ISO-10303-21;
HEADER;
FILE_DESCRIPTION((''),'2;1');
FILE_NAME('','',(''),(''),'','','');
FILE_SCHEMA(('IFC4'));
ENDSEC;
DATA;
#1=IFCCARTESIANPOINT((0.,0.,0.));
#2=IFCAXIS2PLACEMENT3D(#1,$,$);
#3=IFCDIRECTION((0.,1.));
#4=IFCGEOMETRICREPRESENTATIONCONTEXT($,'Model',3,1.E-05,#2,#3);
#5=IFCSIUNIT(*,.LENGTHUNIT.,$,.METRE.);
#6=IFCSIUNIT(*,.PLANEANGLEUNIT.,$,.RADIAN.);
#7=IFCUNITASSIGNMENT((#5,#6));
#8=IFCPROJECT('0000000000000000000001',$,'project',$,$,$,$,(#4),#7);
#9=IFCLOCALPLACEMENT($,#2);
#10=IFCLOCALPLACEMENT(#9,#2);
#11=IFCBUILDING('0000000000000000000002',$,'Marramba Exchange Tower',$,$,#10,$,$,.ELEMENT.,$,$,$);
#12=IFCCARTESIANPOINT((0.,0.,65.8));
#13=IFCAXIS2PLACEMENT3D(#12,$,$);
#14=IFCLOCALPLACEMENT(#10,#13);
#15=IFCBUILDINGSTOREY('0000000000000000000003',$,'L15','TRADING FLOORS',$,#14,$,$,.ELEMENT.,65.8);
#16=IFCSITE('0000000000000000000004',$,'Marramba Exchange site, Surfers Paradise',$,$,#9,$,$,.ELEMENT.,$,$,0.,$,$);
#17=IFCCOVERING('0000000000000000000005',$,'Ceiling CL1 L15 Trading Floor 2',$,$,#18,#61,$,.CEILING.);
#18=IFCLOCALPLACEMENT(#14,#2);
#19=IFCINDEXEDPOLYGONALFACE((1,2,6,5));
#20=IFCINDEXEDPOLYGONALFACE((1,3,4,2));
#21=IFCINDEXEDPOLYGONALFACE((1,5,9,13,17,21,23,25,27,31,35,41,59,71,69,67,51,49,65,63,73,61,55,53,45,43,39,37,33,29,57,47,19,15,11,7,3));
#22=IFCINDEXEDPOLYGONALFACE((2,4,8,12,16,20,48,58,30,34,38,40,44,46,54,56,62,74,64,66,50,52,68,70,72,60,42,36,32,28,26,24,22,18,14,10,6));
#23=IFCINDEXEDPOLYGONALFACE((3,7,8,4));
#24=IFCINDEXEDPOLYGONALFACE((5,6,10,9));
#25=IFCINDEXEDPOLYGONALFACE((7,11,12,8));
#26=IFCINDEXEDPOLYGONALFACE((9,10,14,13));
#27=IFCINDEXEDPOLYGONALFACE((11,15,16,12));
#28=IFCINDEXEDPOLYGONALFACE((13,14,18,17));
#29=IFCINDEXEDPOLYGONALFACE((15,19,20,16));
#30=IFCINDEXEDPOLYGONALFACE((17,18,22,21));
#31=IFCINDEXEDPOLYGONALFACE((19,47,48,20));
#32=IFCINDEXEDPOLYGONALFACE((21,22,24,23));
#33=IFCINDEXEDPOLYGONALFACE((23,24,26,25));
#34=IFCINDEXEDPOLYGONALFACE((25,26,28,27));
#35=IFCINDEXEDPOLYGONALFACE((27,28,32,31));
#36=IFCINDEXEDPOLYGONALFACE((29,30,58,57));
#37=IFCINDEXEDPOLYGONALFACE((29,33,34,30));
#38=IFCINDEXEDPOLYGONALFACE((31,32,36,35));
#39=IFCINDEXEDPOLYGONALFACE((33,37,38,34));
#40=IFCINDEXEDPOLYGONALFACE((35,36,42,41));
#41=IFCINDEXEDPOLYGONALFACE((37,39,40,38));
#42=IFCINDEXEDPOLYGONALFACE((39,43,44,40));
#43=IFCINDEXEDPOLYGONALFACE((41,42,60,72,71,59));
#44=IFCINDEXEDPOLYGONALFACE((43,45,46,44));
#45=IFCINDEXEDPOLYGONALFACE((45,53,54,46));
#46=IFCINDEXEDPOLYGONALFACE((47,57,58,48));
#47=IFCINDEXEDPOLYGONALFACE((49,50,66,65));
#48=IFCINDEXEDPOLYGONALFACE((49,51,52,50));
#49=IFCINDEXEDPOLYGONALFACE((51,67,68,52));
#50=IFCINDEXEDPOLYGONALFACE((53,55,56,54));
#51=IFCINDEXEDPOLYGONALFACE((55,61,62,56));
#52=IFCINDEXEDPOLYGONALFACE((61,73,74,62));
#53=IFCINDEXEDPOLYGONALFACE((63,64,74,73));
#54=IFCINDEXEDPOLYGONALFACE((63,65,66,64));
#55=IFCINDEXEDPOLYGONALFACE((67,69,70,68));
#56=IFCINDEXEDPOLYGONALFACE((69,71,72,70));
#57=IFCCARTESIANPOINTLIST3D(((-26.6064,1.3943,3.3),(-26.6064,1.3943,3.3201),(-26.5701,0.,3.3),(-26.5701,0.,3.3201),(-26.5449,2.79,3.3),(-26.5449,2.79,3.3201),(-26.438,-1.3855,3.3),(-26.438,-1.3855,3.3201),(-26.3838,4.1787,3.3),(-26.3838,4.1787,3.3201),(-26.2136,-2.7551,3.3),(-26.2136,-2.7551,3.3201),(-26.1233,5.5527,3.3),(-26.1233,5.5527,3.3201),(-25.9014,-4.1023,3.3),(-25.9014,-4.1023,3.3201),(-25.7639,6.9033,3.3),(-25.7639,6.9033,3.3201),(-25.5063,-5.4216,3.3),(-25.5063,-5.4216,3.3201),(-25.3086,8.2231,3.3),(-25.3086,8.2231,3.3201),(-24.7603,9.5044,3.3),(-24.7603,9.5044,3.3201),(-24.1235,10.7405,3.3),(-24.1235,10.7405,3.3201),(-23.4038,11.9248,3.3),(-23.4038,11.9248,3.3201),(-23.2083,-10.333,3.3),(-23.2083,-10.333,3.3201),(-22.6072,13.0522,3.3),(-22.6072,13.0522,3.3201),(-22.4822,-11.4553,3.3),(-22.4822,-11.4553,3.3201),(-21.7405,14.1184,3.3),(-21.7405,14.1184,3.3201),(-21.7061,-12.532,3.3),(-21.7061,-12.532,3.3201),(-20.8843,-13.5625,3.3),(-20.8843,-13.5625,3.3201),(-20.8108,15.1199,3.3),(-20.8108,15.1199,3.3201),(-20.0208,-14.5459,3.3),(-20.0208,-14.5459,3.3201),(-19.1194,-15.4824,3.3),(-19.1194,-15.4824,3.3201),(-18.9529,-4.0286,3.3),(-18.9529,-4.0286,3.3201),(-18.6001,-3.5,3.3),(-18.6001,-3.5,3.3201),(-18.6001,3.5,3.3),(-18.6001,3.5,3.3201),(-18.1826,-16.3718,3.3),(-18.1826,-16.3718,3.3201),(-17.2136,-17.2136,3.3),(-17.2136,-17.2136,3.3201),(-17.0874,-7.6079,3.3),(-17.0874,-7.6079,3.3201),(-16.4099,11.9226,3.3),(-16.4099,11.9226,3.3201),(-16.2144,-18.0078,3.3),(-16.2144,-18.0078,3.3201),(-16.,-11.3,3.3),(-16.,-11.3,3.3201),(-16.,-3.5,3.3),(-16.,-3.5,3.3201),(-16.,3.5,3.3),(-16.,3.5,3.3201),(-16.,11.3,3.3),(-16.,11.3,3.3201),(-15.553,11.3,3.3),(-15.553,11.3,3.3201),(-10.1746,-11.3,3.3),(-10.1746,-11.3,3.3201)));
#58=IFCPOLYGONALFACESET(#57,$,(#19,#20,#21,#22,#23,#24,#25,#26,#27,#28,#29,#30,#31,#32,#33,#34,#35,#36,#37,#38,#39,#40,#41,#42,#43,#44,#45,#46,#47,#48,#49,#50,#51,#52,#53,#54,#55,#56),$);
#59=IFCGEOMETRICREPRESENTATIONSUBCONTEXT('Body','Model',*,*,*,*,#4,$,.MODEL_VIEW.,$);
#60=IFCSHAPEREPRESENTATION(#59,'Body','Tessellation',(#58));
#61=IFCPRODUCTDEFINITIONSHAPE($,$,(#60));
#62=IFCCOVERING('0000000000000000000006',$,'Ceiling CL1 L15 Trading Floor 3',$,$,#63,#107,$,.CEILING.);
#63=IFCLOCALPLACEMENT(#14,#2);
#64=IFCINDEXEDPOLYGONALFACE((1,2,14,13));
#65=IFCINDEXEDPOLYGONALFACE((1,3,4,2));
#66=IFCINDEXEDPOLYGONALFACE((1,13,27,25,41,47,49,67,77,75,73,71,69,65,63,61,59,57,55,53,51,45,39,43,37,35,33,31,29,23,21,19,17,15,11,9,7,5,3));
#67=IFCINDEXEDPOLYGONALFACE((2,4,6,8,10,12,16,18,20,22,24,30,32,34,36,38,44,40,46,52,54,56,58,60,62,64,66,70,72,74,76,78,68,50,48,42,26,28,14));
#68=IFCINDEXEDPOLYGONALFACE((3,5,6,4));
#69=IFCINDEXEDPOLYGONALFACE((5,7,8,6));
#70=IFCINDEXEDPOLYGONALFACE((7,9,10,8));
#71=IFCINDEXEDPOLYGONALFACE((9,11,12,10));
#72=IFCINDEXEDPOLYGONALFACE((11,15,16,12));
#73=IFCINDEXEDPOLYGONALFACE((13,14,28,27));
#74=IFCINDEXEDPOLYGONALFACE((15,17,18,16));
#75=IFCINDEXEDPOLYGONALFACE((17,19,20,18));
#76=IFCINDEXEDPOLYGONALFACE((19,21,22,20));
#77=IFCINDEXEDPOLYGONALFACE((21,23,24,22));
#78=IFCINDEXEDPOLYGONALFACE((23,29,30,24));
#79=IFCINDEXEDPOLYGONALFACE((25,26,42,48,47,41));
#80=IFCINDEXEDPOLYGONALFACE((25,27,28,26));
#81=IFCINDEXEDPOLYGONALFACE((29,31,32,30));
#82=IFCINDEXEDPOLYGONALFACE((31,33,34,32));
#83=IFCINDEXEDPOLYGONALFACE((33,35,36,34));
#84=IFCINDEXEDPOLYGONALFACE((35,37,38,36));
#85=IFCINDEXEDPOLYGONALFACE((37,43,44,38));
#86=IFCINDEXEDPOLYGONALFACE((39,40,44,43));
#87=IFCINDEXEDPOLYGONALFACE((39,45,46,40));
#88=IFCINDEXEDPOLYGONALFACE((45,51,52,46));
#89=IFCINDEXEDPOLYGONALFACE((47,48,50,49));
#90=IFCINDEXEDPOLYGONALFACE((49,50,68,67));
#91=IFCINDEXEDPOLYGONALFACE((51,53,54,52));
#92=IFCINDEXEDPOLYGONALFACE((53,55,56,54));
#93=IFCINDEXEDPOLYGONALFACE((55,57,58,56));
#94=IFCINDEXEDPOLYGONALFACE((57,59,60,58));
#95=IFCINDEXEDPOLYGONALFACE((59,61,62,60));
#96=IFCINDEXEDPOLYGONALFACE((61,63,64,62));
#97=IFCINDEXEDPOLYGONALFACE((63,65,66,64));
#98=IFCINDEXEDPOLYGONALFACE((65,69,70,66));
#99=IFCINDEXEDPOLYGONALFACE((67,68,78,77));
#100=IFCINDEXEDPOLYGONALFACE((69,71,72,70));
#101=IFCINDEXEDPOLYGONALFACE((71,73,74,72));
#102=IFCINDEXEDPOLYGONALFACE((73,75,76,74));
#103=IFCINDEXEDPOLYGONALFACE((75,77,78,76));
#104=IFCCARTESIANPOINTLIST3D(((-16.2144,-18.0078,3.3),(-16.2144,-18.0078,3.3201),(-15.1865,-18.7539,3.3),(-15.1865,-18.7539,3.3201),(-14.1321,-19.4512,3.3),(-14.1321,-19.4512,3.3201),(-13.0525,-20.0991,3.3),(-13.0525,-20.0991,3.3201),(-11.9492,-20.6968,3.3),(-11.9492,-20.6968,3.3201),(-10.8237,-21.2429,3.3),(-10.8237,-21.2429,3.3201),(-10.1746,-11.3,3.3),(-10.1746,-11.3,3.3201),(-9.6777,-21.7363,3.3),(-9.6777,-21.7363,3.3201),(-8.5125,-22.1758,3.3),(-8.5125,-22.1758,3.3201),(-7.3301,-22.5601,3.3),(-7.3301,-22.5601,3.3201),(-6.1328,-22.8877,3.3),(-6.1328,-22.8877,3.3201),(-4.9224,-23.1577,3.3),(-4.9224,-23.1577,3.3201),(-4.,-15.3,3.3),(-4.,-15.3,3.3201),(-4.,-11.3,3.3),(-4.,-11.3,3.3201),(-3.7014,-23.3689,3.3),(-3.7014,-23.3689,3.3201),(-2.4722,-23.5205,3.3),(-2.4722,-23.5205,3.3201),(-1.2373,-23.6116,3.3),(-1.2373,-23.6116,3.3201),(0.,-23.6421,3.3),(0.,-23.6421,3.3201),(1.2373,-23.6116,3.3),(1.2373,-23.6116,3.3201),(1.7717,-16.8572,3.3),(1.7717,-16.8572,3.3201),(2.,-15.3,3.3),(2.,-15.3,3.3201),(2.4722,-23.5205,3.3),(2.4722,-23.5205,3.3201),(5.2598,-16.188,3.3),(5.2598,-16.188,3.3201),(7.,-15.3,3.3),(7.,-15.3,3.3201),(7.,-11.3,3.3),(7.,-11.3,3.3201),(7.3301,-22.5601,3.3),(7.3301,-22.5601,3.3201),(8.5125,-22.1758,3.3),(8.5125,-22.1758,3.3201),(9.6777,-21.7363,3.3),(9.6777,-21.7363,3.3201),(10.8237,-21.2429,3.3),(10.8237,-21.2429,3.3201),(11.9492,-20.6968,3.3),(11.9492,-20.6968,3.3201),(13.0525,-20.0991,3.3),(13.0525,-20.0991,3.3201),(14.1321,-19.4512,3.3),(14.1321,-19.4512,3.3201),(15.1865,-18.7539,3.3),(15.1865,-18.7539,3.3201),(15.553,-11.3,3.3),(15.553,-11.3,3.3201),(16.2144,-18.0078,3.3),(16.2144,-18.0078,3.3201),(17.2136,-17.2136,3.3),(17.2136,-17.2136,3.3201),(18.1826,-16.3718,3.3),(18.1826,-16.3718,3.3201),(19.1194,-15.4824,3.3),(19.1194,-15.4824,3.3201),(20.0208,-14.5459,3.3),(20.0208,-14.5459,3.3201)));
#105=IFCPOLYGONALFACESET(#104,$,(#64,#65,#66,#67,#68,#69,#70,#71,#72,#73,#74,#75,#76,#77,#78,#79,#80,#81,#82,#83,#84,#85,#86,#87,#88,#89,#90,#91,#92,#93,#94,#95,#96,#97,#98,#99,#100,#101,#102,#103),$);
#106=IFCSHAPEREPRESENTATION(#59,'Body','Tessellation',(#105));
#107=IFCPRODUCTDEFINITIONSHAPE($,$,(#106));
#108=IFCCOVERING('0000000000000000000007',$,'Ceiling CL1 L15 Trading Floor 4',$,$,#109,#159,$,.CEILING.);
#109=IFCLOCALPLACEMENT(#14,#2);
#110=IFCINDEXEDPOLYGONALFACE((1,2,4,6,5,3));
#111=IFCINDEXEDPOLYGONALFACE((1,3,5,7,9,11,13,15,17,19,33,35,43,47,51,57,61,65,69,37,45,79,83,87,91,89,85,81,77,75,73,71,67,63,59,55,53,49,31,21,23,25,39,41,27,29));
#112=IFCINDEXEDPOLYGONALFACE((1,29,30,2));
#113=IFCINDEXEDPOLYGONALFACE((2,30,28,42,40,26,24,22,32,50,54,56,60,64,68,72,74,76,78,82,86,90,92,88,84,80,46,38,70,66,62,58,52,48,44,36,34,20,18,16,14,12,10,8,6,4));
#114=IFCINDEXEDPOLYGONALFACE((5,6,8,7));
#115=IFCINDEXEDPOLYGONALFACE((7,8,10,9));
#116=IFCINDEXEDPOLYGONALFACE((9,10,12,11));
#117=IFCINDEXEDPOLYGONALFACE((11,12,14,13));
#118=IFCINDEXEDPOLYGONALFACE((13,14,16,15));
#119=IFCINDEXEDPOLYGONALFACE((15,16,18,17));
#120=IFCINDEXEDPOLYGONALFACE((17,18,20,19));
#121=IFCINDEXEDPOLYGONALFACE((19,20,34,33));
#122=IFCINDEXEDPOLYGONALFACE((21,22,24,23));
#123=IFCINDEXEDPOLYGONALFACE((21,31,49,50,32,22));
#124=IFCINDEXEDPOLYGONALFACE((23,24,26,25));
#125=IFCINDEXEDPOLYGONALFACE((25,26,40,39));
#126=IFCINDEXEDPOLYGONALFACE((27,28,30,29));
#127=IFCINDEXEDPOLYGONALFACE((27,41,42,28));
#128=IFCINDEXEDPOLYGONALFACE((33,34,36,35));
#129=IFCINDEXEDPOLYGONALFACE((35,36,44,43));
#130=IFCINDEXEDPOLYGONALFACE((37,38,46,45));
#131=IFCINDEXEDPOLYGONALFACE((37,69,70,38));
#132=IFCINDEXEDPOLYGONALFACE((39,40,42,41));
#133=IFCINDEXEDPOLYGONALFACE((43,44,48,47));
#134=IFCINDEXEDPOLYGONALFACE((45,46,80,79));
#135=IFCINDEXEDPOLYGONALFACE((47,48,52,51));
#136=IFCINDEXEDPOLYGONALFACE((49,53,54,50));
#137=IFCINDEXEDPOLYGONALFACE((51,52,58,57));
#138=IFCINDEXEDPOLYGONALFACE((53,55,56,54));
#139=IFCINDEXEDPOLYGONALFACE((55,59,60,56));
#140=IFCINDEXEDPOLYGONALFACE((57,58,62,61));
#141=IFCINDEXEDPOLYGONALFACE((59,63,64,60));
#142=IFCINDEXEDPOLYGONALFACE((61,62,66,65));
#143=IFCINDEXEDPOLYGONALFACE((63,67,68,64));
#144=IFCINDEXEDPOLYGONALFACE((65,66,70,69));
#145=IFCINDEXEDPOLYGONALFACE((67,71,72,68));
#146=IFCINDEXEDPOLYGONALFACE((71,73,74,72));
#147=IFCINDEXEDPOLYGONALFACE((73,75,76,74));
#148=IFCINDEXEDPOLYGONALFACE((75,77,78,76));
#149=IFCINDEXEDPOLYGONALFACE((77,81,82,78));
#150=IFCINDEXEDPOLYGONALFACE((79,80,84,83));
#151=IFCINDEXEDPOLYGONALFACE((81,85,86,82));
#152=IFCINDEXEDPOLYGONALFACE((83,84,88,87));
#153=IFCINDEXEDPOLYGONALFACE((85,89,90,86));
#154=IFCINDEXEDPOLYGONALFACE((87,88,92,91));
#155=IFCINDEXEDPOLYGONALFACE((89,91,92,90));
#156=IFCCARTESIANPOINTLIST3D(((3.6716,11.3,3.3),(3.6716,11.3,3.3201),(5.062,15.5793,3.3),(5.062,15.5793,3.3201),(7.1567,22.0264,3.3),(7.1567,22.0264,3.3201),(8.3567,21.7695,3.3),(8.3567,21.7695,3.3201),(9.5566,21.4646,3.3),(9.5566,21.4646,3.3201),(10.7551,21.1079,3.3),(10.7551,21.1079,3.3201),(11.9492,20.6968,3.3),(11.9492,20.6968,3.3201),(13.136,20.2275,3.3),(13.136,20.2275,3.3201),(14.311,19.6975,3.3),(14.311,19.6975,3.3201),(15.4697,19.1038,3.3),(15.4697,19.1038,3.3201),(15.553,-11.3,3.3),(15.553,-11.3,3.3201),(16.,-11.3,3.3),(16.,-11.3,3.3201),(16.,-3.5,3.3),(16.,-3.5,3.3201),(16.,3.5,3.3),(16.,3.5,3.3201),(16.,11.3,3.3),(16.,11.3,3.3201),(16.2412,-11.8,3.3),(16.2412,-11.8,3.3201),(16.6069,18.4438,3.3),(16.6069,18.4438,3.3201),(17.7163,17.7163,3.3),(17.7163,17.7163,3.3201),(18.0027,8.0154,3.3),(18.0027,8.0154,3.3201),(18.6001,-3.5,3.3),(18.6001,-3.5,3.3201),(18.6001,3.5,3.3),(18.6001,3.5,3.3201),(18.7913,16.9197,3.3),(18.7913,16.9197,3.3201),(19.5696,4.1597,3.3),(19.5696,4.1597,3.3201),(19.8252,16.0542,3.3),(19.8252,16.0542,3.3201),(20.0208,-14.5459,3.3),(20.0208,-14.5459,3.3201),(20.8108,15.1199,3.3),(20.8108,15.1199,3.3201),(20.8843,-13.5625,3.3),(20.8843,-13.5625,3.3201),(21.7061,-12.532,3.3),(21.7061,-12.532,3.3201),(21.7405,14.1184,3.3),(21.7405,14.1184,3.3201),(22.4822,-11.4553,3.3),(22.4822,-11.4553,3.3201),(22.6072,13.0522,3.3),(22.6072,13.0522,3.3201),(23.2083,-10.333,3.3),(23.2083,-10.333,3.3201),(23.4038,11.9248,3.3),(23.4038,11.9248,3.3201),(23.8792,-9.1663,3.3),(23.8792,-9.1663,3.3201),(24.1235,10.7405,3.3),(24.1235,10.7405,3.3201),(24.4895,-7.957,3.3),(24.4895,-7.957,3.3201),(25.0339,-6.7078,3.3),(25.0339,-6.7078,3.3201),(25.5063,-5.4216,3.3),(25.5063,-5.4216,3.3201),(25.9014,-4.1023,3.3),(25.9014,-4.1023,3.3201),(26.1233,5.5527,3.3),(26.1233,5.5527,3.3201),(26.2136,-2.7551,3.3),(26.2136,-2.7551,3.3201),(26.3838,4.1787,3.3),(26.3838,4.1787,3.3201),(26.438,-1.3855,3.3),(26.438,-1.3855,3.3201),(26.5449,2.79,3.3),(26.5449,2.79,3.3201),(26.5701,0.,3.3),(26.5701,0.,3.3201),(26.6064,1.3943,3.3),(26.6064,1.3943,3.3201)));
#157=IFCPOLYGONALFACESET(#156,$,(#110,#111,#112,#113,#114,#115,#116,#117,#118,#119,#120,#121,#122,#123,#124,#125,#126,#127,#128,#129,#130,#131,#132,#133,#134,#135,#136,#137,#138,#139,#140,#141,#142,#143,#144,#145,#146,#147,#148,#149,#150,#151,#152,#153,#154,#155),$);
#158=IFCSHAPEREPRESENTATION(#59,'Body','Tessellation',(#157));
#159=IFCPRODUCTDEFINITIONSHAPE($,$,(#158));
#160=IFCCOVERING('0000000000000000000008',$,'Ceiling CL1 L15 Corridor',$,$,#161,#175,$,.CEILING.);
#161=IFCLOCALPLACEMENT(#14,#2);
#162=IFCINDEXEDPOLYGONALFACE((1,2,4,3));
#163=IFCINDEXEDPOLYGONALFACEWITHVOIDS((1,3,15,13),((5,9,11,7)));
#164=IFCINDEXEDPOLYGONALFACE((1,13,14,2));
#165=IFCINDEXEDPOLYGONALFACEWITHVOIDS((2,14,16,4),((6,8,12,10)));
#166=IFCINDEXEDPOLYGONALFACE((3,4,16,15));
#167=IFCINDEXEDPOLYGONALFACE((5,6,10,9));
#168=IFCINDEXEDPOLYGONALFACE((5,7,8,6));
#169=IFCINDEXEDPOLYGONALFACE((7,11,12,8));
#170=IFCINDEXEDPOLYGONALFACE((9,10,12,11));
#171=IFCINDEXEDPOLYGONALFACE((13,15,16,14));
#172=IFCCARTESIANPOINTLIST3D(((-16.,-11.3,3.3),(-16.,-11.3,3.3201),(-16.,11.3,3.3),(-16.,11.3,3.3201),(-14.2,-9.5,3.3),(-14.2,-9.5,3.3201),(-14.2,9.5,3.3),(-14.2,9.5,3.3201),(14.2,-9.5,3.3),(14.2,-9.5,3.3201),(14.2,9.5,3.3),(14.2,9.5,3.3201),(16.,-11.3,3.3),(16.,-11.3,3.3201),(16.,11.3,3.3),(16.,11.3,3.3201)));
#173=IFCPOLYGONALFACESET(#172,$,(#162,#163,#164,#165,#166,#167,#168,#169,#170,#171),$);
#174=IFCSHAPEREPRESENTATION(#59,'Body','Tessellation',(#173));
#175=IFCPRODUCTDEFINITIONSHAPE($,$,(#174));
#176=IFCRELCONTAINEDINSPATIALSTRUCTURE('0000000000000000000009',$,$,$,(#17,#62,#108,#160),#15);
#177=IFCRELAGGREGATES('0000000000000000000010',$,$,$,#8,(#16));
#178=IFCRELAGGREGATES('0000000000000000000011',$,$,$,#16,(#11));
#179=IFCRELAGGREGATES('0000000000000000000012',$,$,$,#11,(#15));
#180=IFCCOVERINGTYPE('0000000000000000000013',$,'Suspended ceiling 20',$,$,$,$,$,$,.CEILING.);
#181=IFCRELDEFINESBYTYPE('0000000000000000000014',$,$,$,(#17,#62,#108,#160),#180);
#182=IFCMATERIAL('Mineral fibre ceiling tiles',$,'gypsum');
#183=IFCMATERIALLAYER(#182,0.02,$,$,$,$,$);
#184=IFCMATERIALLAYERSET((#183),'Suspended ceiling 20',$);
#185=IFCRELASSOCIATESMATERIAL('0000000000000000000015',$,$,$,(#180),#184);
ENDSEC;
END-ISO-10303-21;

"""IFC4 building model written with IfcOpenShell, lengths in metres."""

from ifc_helpers import new_model, si_unit, direction, frame, origin, place, context, subcontext, project, spatial, polyline, outline, extrude, material, layer, layer_set, type_object, element, save


model = new_model("IFC4")

# Units and contexts
model_context = context("Model", 3, precision=1e-05, world=origin(), true_north=direction((0.0, 1.0)))
body_context = subcontext(model_context, "Body", "Model", "MODEL_VIEW")
ifc_project = project(units=[si_unit("LENGTHUNIT", "METRE"), si_unit("PLANEANGLEUNIT", "RADIAN")], contexts=[model_context])

# Site, building, storey
site_placement = place(None, origin())
site = spatial("IfcSite", under=ifc_project, at=site_placement, Name="Marramba Exchange site, Surfers Paradise", CompositionType="ELEMENT", RefElevation=0.0)
building_placement = place(site_placement, origin())
building = spatial("IfcBuilding", under=site, at=building_placement, Name="Marramba Exchange Tower", CompositionType="ELEMENT")
storey_placement = place(building_placement, frame((0.0, 0.0, 65.8)))
storey = spatial("IfcBuildingStorey", under=building, at=storey_placement, Name="L15", Description="TRADING FLOORS", CompositionType="ELEMENT", Elevation=65.8)

# Coverings
ifc_material_1 = material(Name="Mineral fibre ceiling tiles", Category="gypsum")
ifc_layer_1 = layer(ifc_material_1, 0.02)
ifc_layer_set_1 = layer_set([ifc_layer_1], Name="Suspended ceiling 20")
covering_type_1 = type_object("IfcCoveringType", Name="Suspended ceiling 20", PredefinedType="CEILING", material=ifc_layer_set_1)
covering_1_placement = place(storey_placement, frame((0.0, 0.0, 3.3)))
element("IfcCovering", 1, at=covering_1_placement, inside=storey, type_object=covering_type_1, Name="Ceiling CL1 L15 Trading Floor 2", PredefinedType="CEILING", context=body_context, shape_type="SweptSolid", body=[
    extrude(outline(polyline([(-16.0, 3.5), (-18.6001, 3.5), (-18.6001, -3.5), (-16.0, -3.5), (-16.0, -11.3), (-10.1746, -11.3), (-16.2144, -18.0078), (-17.2136, -17.2136), (-18.1826, -16.3718), (-19.1194, -15.4824), (-20.0208, -14.5459), (-20.8843, -13.5625), (-21.7061, -12.532), (-22.4822, -11.4553), (-23.2083, -10.333), (-17.0874, -7.6079), (-18.9529, -4.0286), (-25.5063, -5.4216), (-25.9014, -4.1023), (-26.2136, -2.7551), (-26.438, -1.3855), (-26.5701, 0.0), (-26.6064, 1.3943), (-26.5449, 2.79), (-26.3838, 4.1787), (-26.1233, 5.5527), (-25.7639, 6.9033), (-25.3086, 8.2231), (-24.7603, 9.5044), (-24.1235, 10.7405), (-23.4038, 11.9248), (-22.6072, 13.0522), (-21.7405, 14.1184), (-20.8108, 15.1199), (-16.4099, 11.9226), (-15.553, 11.3), (-16.0, 11.3), (-16.0, 3.5)])), origin(), (0.0, 0.0, 1.0), 0.02),
])
covering_2_placement = place(storey_placement, frame((0.0, 0.0, 3.3)))
element("IfcCovering", 2, at=covering_2_placement, inside=storey, type_object=covering_type_1, Name="Ceiling CL1 L15 Trading Floor 3", PredefinedType="CEILING", context=body_context, shape_type="SweptSolid", body=[
    extrude(outline(polyline([(20.0208, -14.5459), (19.1194, -15.4824), (18.1826, -16.3718), (17.2136, -17.2136), (16.2144, -18.0078), (15.1865, -18.7539), (14.1321, -19.4512), (13.0525, -20.0991), (11.9492, -20.6968), (10.8237, -21.2429), (9.6777, -21.7363), (8.5125, -22.1758), (7.3301, -22.5601), (5.2598, -16.188), (1.7717, -16.8572), (2.4722, -23.5205), (1.2373, -23.6116), (0.0, -23.6421), (-1.2373, -23.6116), (-2.4722, -23.5205), (-3.7014, -23.3689), (-4.9224, -23.1577), (-6.1328, -22.8877), (-7.3301, -22.5601), (-8.5125, -22.1758), (-9.6777, -21.7363), (-10.8237, -21.2429), (-11.9492, -20.6968), (-13.0525, -20.0991), (-14.1321, -19.4512), (-15.1865, -18.7539), (-16.2144, -18.0078), (-10.1746, -11.3), (-4.0, -11.3), (-4.0, -15.3), (2.0, -15.3), (7.0, -15.3), (7.0, -11.3), (15.553, -11.3), (20.0208, -14.5459)])), origin(), (0.0, 0.0, 1.0), 0.02),
])
covering_3_placement = place(storey_placement, frame((0.0, 0.0, 3.3)))
element("IfcCovering", 3, at=covering_3_placement, inside=storey, type_object=covering_type_1, Name="Ceiling CL1 L15 Trading Floor 4", PredefinedType="CEILING", context=body_context, shape_type="SweptSolid", body=[
    extrude(outline(polyline([(16.0, -3.5), (18.6001, -3.5), (18.6001, 3.5), (16.0, 3.5), (16.0, 11.3), (3.6716, 11.3), (5.062, 15.5793), (7.1567, 22.0264), (8.3567, 21.7695), (9.5566, 21.4646), (10.7551, 21.1079), (11.9492, 20.6968), (13.136, 20.2275), (14.311, 19.6975), (15.4697, 19.1038), (16.6069, 18.4438), (17.7163, 17.7163), (18.7913, 16.9197), (19.8252, 16.0542), (20.8108, 15.1199), (21.7405, 14.1184), (22.6072, 13.0522), (23.4038, 11.9248), (24.1235, 10.7405), (18.0027, 8.0154), (19.5696, 4.1597), (26.1233, 5.5527), (26.3838, 4.1787), (26.5449, 2.79), (26.6064, 1.3943), (26.5701, 0.0), (26.438, -1.3855), (26.2136, -2.7551), (25.9014, -4.1023), (25.5063, -5.4216), (25.0339, -6.7078), (24.4895, -7.957), (23.8792, -9.1663), (23.2083, -10.333), (22.4822, -11.4553), (21.7061, -12.532), (20.8843, -13.5625), (20.0208, -14.5459), (16.2412, -11.8), (15.553, -11.3), (16.0, -11.3), (16.0, -3.5)])), origin(), (0.0, 0.0, 1.0), 0.02),
])
covering_4_placement = place(storey_placement, frame((0.0, 0.0, 3.3)))
element("IfcCovering", 4, at=covering_4_placement, inside=storey, type_object=covering_type_1, Name="Ceiling CL1 L15 Corridor", PredefinedType="CEILING", context=body_context, shape_type="SweptSolid", body=[
    extrude(outline(polyline([(-16.0, 11.3), (16.0, 11.3), (16.0, -11.3), (-16.0, -11.3), (-16.0, 11.3)]), holes=[polyline([(-14.2, 9.5), (-14.2, -9.5), (14.2, -9.5), (14.2, 9.5), (-14.2, 9.5)])]), origin(), (0.0, 0.0, 1.0), 0.02),
])

save(model, "model.ifc")
